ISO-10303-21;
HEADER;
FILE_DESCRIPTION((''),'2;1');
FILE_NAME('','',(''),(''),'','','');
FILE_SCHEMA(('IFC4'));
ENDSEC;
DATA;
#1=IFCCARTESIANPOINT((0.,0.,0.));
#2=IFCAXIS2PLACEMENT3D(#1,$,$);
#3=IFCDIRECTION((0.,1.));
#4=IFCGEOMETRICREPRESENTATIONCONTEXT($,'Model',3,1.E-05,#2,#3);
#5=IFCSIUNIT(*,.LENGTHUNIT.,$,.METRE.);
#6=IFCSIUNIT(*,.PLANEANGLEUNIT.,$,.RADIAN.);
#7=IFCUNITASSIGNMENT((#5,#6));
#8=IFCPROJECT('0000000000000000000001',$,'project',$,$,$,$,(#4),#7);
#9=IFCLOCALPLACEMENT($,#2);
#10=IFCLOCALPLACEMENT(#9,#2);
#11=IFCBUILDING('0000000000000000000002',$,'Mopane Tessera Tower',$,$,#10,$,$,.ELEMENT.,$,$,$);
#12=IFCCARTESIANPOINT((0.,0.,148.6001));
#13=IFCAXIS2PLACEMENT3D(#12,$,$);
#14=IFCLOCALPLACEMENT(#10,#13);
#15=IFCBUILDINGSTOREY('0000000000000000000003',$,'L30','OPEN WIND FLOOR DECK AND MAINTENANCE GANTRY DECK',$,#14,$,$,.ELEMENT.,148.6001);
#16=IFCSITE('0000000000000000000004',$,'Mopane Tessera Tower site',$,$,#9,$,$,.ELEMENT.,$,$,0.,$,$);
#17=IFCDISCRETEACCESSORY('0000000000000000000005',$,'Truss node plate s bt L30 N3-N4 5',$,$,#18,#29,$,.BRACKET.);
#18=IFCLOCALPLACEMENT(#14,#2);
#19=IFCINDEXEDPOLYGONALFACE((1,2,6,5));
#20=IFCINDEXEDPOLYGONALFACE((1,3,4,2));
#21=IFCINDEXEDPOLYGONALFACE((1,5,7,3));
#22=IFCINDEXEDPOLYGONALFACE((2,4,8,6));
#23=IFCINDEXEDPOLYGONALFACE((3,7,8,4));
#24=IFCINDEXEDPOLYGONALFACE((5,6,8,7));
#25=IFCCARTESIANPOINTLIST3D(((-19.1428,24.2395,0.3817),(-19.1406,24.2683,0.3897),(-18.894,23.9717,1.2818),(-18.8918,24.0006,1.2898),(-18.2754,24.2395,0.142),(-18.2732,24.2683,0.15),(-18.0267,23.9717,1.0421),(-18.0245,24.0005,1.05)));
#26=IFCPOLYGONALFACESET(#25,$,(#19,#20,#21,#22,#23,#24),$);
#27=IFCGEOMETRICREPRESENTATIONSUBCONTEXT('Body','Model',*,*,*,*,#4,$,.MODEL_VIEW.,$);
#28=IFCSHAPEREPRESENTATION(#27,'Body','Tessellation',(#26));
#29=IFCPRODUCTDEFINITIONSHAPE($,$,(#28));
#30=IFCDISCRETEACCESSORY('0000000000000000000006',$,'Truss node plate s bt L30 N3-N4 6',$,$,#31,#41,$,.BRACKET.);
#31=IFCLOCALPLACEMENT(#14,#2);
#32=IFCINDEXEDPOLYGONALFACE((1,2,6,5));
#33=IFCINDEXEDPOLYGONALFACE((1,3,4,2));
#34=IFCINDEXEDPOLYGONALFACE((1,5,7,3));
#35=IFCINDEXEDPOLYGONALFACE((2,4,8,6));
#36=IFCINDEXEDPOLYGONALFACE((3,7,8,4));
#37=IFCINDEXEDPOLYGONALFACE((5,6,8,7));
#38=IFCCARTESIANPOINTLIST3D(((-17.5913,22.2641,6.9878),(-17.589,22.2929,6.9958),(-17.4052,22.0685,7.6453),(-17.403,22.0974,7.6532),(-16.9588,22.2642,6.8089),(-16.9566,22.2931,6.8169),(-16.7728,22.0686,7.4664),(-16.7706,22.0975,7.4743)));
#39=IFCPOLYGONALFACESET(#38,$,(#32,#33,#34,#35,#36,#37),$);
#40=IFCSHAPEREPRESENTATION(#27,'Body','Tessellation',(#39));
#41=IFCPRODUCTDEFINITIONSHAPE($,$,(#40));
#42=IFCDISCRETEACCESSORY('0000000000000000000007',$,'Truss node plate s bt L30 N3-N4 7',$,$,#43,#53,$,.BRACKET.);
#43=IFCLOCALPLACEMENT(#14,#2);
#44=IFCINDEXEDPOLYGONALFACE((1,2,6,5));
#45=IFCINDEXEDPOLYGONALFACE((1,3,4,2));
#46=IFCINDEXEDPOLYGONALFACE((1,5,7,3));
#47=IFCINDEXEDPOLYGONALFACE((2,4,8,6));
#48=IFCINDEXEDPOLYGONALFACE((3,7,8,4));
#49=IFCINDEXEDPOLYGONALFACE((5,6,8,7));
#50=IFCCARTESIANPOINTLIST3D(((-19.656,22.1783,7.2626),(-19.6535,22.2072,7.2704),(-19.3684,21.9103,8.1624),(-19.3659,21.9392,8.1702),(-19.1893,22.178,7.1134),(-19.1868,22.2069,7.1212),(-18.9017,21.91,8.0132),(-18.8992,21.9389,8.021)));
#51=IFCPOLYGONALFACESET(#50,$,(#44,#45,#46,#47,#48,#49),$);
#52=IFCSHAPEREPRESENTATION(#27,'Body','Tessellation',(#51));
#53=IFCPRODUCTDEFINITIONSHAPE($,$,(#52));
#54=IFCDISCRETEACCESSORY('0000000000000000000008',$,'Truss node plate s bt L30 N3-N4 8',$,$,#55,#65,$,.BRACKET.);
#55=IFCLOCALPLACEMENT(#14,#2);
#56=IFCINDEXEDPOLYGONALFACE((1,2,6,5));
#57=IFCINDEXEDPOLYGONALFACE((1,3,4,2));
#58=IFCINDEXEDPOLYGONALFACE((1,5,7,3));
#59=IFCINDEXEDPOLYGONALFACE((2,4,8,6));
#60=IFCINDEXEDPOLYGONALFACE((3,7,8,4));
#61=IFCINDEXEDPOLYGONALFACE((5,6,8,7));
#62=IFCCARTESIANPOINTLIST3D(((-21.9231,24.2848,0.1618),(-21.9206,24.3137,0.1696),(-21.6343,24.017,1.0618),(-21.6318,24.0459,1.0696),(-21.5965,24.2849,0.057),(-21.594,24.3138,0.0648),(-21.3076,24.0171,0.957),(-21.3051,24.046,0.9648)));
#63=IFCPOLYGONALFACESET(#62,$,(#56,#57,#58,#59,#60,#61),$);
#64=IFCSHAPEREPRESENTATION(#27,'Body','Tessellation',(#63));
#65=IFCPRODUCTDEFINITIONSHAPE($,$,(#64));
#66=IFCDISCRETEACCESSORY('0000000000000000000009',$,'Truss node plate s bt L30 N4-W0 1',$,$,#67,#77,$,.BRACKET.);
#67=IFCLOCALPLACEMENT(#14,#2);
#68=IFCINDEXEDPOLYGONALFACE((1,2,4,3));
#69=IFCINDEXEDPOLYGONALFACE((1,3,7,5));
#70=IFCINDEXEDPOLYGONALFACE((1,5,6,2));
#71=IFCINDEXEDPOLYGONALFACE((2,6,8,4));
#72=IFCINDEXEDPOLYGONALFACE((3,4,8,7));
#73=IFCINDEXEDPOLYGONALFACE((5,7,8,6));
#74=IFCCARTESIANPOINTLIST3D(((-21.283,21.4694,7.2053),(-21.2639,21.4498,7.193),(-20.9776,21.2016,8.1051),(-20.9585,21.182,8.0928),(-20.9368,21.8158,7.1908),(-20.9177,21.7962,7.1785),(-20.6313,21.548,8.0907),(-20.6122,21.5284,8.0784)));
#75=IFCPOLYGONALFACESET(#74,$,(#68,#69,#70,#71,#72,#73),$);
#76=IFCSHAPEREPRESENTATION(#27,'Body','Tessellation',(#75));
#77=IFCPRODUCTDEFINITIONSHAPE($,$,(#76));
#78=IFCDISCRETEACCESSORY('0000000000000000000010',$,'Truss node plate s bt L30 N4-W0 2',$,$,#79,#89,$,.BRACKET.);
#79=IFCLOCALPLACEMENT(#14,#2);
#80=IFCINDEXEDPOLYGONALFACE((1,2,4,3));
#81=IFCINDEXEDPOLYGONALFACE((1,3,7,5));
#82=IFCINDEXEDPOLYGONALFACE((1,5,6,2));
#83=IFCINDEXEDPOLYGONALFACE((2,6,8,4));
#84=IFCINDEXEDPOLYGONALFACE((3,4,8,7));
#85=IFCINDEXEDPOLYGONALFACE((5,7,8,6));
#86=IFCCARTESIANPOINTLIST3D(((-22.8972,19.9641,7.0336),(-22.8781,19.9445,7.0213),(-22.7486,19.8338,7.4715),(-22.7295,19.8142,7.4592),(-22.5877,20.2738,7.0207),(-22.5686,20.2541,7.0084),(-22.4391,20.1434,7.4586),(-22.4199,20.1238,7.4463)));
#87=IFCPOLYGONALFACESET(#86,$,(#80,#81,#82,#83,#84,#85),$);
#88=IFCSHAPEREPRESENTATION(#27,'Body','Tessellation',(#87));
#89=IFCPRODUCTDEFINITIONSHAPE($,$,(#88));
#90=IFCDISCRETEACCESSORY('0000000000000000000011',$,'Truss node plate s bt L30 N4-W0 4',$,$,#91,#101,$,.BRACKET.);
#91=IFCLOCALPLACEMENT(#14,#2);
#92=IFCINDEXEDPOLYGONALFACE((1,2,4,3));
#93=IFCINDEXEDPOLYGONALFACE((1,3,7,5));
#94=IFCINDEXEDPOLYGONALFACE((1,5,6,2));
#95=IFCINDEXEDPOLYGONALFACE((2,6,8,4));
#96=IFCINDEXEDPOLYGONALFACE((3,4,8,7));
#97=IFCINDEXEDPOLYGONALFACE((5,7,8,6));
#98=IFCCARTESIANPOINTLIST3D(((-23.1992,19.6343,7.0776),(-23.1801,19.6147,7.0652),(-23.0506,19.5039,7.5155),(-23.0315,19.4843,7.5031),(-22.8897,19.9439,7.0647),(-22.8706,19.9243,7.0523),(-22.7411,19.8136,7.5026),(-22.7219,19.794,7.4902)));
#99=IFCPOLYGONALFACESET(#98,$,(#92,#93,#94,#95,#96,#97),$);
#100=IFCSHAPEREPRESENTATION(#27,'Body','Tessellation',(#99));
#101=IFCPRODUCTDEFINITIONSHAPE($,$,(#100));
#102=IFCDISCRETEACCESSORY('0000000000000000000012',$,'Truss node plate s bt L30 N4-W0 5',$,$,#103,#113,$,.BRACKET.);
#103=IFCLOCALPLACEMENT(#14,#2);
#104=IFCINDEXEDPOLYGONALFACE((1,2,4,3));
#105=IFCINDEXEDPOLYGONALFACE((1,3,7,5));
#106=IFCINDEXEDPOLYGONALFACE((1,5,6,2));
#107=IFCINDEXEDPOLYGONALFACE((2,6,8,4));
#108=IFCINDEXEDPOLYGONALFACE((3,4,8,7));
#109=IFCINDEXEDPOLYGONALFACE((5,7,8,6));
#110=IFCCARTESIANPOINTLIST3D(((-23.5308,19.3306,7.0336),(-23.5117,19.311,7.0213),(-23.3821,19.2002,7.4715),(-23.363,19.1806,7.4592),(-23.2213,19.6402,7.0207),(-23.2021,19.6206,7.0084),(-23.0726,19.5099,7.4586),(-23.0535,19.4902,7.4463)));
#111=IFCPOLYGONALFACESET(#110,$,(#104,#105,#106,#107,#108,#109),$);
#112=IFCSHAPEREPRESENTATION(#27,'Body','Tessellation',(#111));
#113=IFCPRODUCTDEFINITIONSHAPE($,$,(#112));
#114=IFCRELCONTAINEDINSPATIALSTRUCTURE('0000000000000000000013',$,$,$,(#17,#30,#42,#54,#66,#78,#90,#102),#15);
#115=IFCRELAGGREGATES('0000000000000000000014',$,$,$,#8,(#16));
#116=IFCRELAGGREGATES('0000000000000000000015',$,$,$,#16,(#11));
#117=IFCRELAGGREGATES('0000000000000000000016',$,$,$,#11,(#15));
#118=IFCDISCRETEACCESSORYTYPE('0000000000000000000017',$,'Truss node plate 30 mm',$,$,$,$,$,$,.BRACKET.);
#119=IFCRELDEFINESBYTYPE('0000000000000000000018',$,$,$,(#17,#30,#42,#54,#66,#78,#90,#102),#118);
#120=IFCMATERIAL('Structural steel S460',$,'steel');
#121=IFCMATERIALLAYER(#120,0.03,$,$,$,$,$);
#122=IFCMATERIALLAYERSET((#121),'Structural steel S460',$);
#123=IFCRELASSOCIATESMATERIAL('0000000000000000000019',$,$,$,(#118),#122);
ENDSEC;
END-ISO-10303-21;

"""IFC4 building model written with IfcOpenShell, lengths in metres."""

from ifc_helpers import new_model, si_unit, direction, frame, origin, origin_2d, place, context, subcontext, project, spatial, rectangle, extrude, material, layer, layer_set, type_object, element, save


model = new_model("IFC4")

# Units and contexts
model_context = context("Model", 3, precision=1e-05, world=origin(), true_north=direction((0.0, 1.0)))
body_context = subcontext(model_context, "Body", "Model", "MODEL_VIEW")
ifc_project = project(units=[si_unit("LENGTHUNIT", "METRE"), si_unit("PLANEANGLEUNIT", "RADIAN")], contexts=[model_context])

# Site, building, storey
site_placement = place(None, origin())
site = spatial("IfcSite", under=ifc_project, at=site_placement, Name="Mopane Tessera Tower site", CompositionType="ELEMENT", RefElevation=0.0)
building_placement = place(site_placement, origin())
building = spatial("IfcBuilding", under=site, at=building_placement, Name="Mopane Tessera Tower", CompositionType="ELEMENT")
storey_placement = place(building_placement, frame((0.0, 0.0, 148.6001)))
storey = spatial("IfcBuildingStorey", under=building, at=storey_placement, Name="L30", Description="OPEN WIND FLOOR DECK AND MAINTENANCE GANTRY DECK", CompositionType="ELEMENT", Elevation=148.6001)

# Discrete accessories
ifc_material_1 = material(Name="Structural steel S460", Category="steel")
ifc_layer_1 = layer(ifc_material_1, 0.03)
ifc_layer_set_1 = layer_set([ifc_layer_1], Name="Structural steel S460")
discrete_accessory_type = type_object("IfcDiscreteAccessoryType", Name="Truss node plate 30 mm", PredefinedType="BRACKET", material=ifc_layer_set_1)
discrete_accessory_1_placement = place(storey_placement, frame((-18.708, 24.2539, 0.2659), z_axis=(0.256068, -0.275669, 0.926518), x_axis=(-0.07345, -0.961253, -0.265704)))
element("IfcDiscreteAccessory", 1, at=discrete_accessory_1_placement, inside=storey, type_object=discrete_accessory_type, Name="Truss node plate s bt L30 N3-N4 5", PredefinedType="BRACKET", context=body_context, shape_type="SweptSolid", body=[
    extrude(rectangle(XDim=0.03, YDim=0.8999, at=origin_2d()), origin(), (0.0, 0.0, 1.0), 0.9714),
])
discrete_accessory_2_placement = place(storey_placement, frame((-17.2739, 22.2786, 6.9023), z_axis=(0.261757, -0.275154, 0.92508), x_axis=(-0.074759, -0.9614, -0.264803)))
element("IfcDiscreteAccessory", 2, at=discrete_accessory_2_placement, inside=storey, type_object=discrete_accessory_type, Name="Truss node plate s bt L30 N3-N4 6", PredefinedType="BRACKET", context=body_context, shape_type="SweptSolid", body=[
    extrude(rectangle(XDim=0.03, YDim=0.6572, at=origin_2d()), origin(), (0.0, 0.0, 1.0), 0.7107),
])
discrete_accessory_3_placement = place(storey_placement, frame((-19.4214, 22.1926, 7.1919), z_axis=(0.292858, -0.27297, 0.916363), x_axis=(-0.083712, -0.962022, -0.259818)))
element("IfcDiscreteAccessory", 3, at=discrete_accessory_3_placement, inside=storey, type_object=discrete_accessory_type, Name="Truss node plate s bt L30 N3-N4 7", PredefinedType="BRACKET", context=body_context, shape_type="SweptSolid", body=[
    extrude(rectangle(XDim=0.03, YDim=0.49, at=origin_2d()), origin(), (0.0, 0.0, 1.0), 0.9819),
])
discrete_accessory_4_placement = place(storey_placement, frame((-21.7585, 24.2993, 0.1133), z_axis=(0.294014, -0.27264, 0.916091), x_axis=(-0.083107, -0.962116, -0.259665)))
element("IfcDiscreteAccessory", 4, at=discrete_accessory_4_placement, inside=storey, type_object=discrete_accessory_type, Name="Truss node plate s bt L30 N3-N4 8", PredefinedType="BRACKET", context=body_context, shape_type="SweptSolid", body=[
    extrude(rectangle(XDim=0.03, YDim=0.343, at=origin_2d()), origin(), (0.0, 0.0, 1.0), 0.9824),
])
discrete_accessory_5_placement = place(storey_placement, frame((-21.1003, 21.6328, 7.1919), z_axis=(0.309337, -0.271257, 0.911444), x_axis=(0.636314, -0.653225, -0.410368)))
element("IfcDiscreteAccessory", 5, at=discrete_accessory_5_placement, inside=storey, type_object=discrete_accessory_type, Name="Truss node plate s bt L30 N4-W0 1", PredefinedType="BRACKET", context=body_context, shape_type="SweptSolid", body=[
    extrude(rectangle(XDim=0.03, YDim=0.49, at=origin_2d()), origin(), (0.0, 0.0, 1.0), 0.9873),
])
for number, where, z_axis, x_axis, name in (
    (6, (-22.7329, 20.1091, 7.021), (0.309393, -0.271291, 0.911415), (0.636311, -0.653187, -0.410432), "Truss node plate s bt L30 N4-W0 2"),
    (7, (-23.0349, 19.7793, 7.0649), (0.309393, -0.271291, 0.911415), (0.636311, -0.653187, -0.410432), "Truss node plate s bt L30 N4-W0 4"),
    (8, (-23.3665, 19.4756, 7.021), (0.309393, -0.271291, 0.911415), (0.636311, -0.653187, -0.410432), "Truss node plate s bt L30 N4-W0 5"),
):
    element("IfcDiscreteAccessory", number, at=place(storey_placement, frame(where, z_axis=z_axis, x_axis=x_axis)), inside=storey, type_object=discrete_accessory_type, Name=name, PredefinedType="BRACKET", context=body_context, shape_type="SweptSolid", body=[
        extrude(rectangle(XDim=0.03, YDim=0.438, at=origin_2d()), origin(), (0.0, 0.0, 1.0), 0.4805),
    ])

save(model, "model.ifc")
